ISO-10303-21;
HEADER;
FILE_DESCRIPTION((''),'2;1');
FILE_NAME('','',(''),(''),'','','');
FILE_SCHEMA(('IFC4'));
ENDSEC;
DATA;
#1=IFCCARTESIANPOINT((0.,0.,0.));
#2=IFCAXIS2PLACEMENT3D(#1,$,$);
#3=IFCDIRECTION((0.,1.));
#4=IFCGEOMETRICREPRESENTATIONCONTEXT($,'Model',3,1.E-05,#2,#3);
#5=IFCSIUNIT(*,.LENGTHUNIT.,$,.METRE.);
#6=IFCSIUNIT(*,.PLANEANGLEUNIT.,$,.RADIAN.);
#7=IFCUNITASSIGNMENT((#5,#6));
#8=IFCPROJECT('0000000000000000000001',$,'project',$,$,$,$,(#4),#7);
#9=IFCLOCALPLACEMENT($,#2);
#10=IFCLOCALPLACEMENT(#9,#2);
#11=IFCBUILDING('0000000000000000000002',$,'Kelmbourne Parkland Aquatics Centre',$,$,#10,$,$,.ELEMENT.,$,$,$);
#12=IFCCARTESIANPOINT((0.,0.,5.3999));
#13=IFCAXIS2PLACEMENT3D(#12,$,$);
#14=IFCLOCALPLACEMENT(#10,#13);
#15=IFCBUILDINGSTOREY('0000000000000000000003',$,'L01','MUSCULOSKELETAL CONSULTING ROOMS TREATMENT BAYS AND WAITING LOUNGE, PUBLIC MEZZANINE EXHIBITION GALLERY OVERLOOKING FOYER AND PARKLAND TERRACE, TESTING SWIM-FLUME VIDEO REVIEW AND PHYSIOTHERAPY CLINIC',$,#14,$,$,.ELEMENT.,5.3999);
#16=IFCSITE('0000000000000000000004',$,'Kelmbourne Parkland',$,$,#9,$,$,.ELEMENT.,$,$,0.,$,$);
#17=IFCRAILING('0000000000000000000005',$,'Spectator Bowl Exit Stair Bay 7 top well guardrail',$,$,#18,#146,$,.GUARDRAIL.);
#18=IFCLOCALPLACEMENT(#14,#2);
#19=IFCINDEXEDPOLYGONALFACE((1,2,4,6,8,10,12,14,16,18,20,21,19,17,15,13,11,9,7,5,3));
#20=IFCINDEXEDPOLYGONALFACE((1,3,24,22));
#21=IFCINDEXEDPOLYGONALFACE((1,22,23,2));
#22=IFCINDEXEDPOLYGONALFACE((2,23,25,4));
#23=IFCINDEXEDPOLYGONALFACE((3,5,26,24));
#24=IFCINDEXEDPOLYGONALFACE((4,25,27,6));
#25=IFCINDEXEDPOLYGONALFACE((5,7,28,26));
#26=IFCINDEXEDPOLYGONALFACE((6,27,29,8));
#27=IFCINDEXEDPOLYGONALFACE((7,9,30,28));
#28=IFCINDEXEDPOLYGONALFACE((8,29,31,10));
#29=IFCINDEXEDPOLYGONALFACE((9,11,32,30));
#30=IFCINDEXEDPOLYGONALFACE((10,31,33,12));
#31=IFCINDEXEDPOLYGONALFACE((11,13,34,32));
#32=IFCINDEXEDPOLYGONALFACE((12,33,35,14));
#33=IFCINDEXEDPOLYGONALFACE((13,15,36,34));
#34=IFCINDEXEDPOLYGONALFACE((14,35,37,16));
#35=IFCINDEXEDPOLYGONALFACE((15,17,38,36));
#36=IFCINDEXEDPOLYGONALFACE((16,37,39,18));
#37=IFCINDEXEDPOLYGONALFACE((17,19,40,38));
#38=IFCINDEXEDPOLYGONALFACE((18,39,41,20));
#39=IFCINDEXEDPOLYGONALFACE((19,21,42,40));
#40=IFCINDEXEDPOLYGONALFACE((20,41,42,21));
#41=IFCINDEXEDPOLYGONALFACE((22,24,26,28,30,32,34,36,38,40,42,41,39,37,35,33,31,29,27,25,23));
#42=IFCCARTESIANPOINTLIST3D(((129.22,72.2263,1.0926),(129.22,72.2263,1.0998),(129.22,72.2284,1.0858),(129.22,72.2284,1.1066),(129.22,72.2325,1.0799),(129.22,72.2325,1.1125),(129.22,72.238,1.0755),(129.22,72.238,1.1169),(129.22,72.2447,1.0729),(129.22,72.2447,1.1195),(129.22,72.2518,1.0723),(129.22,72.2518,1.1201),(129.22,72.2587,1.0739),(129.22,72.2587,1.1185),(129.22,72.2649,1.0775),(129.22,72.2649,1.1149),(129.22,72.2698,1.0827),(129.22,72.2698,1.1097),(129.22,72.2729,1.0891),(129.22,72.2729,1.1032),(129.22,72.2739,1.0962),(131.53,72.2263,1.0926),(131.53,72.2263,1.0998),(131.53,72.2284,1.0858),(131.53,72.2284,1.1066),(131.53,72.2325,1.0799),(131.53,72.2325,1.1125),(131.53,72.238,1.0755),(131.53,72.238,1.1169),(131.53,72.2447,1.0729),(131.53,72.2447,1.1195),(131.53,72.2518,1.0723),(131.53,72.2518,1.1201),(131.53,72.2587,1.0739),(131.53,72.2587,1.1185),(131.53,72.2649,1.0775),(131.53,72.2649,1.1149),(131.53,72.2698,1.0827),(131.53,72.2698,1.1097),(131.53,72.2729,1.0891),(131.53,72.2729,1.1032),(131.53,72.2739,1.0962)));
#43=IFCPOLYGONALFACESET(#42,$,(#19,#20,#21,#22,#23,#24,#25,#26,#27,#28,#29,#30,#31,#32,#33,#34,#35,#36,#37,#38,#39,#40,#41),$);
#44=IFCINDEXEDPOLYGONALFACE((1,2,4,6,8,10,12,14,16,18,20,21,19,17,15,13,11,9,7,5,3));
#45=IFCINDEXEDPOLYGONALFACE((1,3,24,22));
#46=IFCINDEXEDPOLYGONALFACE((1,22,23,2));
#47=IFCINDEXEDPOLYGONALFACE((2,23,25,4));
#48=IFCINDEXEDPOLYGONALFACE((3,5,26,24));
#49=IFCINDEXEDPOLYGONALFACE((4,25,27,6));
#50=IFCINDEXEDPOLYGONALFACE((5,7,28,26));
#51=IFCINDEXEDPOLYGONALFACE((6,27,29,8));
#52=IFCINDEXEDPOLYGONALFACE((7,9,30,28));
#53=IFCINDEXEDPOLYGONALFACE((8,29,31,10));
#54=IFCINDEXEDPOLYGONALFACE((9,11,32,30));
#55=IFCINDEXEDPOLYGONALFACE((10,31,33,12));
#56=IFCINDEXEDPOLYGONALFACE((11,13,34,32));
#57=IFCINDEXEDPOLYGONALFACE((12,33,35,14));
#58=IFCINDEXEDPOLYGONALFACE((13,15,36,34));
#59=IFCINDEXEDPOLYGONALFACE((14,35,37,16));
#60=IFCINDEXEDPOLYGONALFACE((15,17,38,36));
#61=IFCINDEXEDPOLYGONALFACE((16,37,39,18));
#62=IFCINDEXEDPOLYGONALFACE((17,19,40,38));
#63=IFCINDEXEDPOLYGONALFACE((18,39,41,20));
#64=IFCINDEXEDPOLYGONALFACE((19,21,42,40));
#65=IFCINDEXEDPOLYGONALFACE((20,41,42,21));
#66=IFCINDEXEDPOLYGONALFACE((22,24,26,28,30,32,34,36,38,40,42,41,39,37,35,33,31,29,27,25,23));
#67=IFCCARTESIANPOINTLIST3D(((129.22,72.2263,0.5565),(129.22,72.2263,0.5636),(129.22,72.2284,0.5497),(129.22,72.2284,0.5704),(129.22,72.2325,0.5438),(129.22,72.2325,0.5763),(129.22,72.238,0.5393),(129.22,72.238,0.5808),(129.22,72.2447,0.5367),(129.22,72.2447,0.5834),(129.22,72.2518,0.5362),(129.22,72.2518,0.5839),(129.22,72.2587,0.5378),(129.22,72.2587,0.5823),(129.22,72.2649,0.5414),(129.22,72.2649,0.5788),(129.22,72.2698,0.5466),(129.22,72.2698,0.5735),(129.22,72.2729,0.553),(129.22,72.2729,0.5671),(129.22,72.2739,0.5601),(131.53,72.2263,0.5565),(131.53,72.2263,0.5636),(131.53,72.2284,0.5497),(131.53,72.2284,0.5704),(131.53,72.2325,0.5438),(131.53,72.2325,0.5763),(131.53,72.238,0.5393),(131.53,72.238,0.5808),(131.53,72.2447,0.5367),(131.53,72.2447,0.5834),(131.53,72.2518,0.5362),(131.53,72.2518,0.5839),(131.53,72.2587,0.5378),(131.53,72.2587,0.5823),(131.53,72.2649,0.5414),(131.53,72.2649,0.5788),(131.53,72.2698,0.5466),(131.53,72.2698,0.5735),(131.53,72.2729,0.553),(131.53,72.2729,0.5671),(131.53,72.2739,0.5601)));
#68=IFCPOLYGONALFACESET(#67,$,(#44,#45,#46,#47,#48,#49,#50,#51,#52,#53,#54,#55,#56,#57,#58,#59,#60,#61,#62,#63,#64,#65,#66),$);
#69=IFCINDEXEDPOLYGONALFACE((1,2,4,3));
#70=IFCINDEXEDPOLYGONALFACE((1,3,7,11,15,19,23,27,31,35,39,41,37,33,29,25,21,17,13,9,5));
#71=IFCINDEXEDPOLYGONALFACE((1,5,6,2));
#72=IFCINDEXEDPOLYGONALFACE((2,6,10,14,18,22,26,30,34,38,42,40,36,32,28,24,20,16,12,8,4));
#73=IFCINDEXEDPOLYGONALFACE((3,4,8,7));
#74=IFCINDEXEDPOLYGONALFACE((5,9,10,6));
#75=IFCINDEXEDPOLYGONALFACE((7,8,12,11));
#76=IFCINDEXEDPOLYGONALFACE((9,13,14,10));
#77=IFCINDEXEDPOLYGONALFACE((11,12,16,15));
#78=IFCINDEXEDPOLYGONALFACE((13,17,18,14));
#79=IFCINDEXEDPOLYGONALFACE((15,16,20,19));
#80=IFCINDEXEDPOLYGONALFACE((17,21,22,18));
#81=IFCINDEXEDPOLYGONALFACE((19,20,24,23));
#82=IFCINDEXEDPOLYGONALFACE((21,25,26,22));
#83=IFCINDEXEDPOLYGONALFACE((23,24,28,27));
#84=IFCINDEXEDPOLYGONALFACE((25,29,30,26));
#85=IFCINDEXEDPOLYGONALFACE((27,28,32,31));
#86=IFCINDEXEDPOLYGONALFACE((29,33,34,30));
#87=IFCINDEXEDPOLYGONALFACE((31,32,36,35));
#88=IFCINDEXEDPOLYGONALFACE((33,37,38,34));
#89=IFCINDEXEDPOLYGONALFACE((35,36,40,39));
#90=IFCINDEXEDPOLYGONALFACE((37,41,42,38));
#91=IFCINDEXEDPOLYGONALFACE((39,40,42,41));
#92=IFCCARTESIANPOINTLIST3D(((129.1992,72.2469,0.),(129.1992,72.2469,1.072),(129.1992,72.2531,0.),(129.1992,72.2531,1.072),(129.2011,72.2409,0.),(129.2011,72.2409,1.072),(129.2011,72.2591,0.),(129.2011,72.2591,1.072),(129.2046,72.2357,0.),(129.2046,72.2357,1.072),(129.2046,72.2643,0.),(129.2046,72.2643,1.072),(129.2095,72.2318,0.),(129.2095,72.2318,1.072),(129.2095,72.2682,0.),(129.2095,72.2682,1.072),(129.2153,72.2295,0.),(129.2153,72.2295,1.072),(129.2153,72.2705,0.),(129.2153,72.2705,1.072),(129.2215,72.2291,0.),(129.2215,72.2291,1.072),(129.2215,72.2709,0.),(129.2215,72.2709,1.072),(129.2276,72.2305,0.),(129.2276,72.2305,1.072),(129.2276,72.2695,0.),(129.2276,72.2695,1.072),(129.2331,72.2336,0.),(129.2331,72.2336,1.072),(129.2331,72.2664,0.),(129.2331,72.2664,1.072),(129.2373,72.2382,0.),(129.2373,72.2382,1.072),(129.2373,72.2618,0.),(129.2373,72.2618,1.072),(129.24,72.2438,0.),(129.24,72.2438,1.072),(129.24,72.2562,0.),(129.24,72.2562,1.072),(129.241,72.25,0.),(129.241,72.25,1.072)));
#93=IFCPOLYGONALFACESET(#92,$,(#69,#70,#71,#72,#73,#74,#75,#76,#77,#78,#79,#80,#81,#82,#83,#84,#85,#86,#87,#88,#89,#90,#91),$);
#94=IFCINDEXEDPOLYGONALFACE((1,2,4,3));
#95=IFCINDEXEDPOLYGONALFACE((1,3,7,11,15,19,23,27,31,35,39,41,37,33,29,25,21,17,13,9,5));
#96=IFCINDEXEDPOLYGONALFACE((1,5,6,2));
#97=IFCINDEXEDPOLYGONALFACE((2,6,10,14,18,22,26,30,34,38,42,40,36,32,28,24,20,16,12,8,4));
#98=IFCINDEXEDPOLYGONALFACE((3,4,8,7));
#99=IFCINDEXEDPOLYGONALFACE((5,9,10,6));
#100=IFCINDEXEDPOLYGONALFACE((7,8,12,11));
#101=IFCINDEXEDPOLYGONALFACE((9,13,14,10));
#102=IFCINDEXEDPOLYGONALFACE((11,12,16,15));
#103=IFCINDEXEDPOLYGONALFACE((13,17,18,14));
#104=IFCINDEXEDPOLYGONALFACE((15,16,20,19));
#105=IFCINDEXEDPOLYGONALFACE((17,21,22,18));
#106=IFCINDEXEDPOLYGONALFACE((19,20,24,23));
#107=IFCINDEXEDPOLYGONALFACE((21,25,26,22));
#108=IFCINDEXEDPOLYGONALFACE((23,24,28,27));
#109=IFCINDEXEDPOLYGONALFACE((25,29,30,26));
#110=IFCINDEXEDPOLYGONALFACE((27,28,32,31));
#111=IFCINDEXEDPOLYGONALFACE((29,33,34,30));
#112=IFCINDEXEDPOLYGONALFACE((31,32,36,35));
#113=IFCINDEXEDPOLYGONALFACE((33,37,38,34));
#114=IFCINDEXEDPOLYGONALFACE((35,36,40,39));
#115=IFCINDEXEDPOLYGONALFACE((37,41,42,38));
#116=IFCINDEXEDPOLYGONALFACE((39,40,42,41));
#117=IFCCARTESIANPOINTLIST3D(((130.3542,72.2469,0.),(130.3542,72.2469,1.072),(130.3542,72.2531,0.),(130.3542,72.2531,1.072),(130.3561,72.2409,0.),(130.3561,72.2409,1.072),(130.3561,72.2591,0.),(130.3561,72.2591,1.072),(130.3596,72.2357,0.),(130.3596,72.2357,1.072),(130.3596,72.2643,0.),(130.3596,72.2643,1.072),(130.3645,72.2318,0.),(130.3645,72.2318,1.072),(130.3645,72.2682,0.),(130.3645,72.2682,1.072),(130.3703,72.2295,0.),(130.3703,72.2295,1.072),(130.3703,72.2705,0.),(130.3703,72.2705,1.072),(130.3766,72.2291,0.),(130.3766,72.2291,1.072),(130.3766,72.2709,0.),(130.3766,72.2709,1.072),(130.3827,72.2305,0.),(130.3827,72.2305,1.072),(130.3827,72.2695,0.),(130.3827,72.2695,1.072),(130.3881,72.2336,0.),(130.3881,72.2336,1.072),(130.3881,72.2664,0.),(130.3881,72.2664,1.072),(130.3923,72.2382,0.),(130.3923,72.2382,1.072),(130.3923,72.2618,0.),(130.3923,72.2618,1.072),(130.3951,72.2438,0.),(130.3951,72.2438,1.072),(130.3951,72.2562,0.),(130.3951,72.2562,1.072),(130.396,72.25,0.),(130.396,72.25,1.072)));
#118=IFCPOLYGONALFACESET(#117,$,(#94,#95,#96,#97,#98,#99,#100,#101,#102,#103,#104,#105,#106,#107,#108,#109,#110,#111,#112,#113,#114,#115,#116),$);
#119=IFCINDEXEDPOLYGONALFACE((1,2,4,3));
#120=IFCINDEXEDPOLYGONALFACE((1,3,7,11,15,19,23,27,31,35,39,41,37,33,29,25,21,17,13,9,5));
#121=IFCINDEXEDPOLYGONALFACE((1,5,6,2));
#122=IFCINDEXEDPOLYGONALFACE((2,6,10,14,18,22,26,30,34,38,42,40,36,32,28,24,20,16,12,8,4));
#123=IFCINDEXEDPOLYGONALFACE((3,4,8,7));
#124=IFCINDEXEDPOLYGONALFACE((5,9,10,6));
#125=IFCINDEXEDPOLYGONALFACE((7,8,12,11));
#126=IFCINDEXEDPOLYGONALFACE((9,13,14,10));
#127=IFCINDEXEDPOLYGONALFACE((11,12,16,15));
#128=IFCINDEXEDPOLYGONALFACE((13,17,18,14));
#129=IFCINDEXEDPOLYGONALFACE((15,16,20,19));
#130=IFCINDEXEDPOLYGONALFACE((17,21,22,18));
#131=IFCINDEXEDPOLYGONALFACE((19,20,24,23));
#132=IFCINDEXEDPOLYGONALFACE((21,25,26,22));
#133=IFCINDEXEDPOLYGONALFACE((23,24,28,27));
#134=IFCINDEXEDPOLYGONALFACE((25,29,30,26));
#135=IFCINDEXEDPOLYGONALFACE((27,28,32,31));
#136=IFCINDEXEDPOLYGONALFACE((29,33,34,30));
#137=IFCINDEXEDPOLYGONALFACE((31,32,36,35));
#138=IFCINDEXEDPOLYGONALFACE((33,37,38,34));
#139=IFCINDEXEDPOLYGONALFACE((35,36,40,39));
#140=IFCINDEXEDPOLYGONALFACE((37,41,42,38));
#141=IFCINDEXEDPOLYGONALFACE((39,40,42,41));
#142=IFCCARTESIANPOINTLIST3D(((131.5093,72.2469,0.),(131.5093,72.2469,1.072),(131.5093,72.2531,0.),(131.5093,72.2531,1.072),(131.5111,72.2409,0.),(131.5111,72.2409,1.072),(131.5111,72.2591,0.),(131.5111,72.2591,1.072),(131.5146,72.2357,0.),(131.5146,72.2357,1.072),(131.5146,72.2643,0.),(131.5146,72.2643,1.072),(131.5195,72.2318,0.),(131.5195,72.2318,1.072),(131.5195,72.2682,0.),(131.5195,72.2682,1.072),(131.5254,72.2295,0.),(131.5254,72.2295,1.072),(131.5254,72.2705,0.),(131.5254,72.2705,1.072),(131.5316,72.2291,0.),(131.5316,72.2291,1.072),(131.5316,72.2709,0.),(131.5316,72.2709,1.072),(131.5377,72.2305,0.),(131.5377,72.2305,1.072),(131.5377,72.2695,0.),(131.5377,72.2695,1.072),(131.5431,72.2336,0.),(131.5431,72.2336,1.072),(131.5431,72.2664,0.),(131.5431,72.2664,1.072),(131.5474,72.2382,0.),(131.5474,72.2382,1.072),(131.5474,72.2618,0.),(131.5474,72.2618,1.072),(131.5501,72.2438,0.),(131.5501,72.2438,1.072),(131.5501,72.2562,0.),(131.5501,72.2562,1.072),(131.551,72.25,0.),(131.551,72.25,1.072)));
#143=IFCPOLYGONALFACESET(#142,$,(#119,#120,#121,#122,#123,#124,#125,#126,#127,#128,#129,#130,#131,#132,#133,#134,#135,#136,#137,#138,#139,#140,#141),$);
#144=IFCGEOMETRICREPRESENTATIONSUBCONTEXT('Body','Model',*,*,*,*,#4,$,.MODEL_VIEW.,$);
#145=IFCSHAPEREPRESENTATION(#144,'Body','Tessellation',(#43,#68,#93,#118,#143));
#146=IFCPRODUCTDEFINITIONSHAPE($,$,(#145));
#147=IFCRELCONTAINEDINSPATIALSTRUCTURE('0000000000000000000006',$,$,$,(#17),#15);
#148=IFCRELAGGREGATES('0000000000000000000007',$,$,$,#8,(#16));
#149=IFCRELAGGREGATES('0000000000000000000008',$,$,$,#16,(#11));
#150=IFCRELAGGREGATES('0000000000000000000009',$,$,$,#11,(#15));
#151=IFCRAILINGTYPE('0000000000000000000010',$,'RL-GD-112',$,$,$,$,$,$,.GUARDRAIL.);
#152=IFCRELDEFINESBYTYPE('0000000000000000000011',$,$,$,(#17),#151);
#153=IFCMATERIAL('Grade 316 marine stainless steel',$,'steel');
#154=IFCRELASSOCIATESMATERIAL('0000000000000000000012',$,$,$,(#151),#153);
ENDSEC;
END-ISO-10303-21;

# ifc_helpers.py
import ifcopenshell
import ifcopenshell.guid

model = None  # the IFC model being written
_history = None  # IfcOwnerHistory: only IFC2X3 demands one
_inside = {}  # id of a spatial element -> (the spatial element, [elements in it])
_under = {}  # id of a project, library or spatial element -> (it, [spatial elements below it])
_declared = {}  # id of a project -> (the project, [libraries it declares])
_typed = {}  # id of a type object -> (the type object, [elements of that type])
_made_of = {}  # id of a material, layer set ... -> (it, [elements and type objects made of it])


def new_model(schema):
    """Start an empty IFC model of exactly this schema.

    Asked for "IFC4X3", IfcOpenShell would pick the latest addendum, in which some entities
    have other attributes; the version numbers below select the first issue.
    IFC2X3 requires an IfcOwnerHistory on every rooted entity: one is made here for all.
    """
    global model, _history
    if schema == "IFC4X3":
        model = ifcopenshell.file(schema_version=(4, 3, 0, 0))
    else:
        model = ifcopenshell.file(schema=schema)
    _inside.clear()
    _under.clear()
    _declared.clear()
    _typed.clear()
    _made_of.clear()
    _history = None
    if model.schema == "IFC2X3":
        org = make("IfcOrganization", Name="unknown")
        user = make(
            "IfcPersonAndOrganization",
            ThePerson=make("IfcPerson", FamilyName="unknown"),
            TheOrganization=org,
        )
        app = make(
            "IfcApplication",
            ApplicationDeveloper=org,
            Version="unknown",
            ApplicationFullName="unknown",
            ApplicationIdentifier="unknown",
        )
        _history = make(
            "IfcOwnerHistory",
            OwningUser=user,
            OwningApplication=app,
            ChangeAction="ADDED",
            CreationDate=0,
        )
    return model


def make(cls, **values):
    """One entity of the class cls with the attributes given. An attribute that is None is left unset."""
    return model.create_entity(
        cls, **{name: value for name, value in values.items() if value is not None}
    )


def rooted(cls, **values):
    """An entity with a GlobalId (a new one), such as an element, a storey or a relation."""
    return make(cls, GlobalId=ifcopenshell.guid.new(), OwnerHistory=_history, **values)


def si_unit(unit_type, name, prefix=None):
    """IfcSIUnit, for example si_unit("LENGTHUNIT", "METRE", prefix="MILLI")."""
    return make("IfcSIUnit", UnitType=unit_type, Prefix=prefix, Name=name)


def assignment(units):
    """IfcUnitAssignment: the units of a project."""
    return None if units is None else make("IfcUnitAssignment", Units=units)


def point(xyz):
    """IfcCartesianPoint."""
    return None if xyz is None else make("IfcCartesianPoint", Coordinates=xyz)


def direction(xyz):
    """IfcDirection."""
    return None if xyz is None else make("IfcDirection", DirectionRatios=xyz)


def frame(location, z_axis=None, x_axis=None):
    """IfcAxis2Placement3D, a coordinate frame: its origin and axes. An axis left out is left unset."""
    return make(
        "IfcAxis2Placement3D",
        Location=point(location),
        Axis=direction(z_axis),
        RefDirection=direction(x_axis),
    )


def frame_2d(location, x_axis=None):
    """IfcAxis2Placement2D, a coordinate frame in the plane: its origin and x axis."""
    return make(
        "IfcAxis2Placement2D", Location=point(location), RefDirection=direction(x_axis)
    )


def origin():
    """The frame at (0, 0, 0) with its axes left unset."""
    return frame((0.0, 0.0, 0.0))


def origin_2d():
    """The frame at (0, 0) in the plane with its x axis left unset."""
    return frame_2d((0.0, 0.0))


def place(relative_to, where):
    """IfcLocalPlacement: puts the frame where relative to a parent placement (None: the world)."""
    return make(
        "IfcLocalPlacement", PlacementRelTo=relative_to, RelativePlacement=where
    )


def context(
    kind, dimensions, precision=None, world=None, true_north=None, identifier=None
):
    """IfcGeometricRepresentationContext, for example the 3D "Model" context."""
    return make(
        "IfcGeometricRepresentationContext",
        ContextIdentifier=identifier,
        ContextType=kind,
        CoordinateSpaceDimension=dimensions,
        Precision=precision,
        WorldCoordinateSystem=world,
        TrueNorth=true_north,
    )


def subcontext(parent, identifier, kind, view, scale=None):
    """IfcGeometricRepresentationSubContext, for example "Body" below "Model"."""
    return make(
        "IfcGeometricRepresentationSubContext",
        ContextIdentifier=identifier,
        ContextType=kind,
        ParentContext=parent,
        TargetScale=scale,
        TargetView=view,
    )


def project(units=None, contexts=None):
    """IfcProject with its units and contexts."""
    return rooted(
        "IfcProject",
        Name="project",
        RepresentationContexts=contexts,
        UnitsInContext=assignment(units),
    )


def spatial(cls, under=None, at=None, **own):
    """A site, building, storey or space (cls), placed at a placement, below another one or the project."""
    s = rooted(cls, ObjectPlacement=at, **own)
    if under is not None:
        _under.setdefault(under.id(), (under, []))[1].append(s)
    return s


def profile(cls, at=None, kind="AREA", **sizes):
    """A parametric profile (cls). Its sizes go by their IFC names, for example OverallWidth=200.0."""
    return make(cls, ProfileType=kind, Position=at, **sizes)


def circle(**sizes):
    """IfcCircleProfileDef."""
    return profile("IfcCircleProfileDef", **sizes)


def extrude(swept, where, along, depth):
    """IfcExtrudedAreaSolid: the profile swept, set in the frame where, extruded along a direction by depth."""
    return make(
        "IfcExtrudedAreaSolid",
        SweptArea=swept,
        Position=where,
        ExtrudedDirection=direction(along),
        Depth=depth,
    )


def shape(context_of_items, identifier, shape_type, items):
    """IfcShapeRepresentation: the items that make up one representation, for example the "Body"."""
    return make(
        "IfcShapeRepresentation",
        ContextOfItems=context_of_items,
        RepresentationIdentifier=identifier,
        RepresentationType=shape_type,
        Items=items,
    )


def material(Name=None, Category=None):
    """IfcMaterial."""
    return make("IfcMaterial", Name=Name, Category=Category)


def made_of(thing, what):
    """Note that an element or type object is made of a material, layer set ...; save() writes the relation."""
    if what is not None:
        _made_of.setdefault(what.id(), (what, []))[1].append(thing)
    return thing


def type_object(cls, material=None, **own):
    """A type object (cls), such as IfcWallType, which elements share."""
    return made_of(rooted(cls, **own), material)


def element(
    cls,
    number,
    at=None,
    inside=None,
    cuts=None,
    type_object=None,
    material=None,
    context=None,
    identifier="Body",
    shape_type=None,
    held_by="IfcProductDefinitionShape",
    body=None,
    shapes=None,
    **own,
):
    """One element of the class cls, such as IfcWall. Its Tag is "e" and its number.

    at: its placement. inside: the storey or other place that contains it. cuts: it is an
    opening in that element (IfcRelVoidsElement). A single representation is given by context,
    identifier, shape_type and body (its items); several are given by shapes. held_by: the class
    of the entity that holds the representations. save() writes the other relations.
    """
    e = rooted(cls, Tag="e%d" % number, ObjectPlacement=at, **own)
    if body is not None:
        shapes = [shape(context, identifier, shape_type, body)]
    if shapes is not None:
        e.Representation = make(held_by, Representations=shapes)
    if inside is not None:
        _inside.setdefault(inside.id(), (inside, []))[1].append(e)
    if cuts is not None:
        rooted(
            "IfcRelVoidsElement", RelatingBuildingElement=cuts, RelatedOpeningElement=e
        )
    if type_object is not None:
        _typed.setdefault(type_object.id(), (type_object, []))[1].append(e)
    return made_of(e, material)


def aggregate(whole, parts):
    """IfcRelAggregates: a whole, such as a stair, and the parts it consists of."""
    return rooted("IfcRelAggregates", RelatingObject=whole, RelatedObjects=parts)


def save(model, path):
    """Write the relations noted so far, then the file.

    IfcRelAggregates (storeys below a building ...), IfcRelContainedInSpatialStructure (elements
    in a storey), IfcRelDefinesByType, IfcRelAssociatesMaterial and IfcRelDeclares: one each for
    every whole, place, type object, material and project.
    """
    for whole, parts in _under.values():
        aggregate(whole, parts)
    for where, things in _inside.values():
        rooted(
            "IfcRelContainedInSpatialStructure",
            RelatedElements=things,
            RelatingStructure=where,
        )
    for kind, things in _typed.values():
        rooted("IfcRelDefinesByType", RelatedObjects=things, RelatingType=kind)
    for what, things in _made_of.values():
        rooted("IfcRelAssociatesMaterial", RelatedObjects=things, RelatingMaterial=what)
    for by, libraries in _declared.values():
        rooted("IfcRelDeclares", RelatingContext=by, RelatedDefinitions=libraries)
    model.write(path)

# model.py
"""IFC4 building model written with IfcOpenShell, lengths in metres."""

from ifc_helpers import new_model, si_unit, direction, frame, origin, origin_2d, place, context, subcontext, project, spatial, circle, extrude, material, type_object, element, save


model = new_model("IFC4")

# Units and contexts
model_context = context("Model", 3, precision=1e-05, world=origin(), true_north=direction((0.0, 1.0)))
body_context = subcontext(model_context, "Body", "Model", "MODEL_VIEW")
ifc_project = project(units=[si_unit("LENGTHUNIT", "METRE"), si_unit("PLANEANGLEUNIT", "RADIAN")], contexts=[model_context])

# Site, building, storey
site_placement = place(None, origin())
site = spatial("IfcSite", under=ifc_project, at=site_placement, Name="Kelmbourne Parkland", CompositionType="ELEMENT", RefElevation=0.0)
building_placement = place(site_placement, origin())
building = spatial("IfcBuilding", under=site, at=building_placement, Name="Kelmbourne Parkland Aquatics Centre", CompositionType="ELEMENT")
storey_placement = place(building_placement, frame((0.0, 0.0, 5.3999)))
storey = spatial("IfcBuildingStorey", under=building, at=storey_placement, Name="L01", Description="MUSCULOSKELETAL CONSULTING ROOMS TREATMENT BAYS AND WAITING LOUNGE, PUBLIC MEZZANINE EXHIBITION GALLERY OVERLOOKING FOYER AND PARKLAND TERRACE, TESTING SWIM-FLUME VIDEO REVIEW AND PHYSIOTHERAPY CLINIC", CompositionType="ELEMENT", Elevation=5.3999)

# Railing
ifc_material_1 = material(Name="Grade 316 marine stainless steel", Category="steel")
railing_type_1 = type_object("IfcRailingType", Name="RL-GD-112", PredefinedType="GUARDRAIL", material=ifc_material_1)
for number, where, name in (
    (1, (129.22, 72.25, 0.0), "Spectator Bowl Exit Stair Bay 7 top well guardrail"),
):
    element("IfcRailing", number, at=place(storey_placement, frame(where)), inside=storey, type_object=railing_type_1, Name=name, PredefinedType="GUARDRAIL", context=body_context, shape_type="SweptSolid", body=[
        extrude(circle(Radius=0.0239, at=origin_2d()), frame((0.0, 0.0, 1.0962), z_axis=(1.0, 0.0, 0.0), x_axis=(0.0, 1.0, 0.0)), (0.0, 0.0, 1.0), 2.3101),
        extrude(circle(Radius=0.0239, at=origin_2d()), frame((0.0, 0.0, 0.5601), z_axis=(1.0, 0.0, 0.0), x_axis=(0.0, 1.0, 0.0)), (0.0, 0.0, 1.0), 2.3101),
        extrude(circle(Radius=0.021, at=origin_2d()), origin(), (0.0, 0.0, 1.0), 1.072),
        extrude(circle(Radius=0.021, at=origin_2d()), frame((1.155, 0.0, 0.0)), (0.0, 0.0, 1.0), 1.072),
        extrude(circle(Radius=0.021, at=origin_2d()), frame((2.3101, 0.0, 0.0)), (0.0, 0.0, 1.0), 1.072),
    ])

save(model, "model.ifc")
